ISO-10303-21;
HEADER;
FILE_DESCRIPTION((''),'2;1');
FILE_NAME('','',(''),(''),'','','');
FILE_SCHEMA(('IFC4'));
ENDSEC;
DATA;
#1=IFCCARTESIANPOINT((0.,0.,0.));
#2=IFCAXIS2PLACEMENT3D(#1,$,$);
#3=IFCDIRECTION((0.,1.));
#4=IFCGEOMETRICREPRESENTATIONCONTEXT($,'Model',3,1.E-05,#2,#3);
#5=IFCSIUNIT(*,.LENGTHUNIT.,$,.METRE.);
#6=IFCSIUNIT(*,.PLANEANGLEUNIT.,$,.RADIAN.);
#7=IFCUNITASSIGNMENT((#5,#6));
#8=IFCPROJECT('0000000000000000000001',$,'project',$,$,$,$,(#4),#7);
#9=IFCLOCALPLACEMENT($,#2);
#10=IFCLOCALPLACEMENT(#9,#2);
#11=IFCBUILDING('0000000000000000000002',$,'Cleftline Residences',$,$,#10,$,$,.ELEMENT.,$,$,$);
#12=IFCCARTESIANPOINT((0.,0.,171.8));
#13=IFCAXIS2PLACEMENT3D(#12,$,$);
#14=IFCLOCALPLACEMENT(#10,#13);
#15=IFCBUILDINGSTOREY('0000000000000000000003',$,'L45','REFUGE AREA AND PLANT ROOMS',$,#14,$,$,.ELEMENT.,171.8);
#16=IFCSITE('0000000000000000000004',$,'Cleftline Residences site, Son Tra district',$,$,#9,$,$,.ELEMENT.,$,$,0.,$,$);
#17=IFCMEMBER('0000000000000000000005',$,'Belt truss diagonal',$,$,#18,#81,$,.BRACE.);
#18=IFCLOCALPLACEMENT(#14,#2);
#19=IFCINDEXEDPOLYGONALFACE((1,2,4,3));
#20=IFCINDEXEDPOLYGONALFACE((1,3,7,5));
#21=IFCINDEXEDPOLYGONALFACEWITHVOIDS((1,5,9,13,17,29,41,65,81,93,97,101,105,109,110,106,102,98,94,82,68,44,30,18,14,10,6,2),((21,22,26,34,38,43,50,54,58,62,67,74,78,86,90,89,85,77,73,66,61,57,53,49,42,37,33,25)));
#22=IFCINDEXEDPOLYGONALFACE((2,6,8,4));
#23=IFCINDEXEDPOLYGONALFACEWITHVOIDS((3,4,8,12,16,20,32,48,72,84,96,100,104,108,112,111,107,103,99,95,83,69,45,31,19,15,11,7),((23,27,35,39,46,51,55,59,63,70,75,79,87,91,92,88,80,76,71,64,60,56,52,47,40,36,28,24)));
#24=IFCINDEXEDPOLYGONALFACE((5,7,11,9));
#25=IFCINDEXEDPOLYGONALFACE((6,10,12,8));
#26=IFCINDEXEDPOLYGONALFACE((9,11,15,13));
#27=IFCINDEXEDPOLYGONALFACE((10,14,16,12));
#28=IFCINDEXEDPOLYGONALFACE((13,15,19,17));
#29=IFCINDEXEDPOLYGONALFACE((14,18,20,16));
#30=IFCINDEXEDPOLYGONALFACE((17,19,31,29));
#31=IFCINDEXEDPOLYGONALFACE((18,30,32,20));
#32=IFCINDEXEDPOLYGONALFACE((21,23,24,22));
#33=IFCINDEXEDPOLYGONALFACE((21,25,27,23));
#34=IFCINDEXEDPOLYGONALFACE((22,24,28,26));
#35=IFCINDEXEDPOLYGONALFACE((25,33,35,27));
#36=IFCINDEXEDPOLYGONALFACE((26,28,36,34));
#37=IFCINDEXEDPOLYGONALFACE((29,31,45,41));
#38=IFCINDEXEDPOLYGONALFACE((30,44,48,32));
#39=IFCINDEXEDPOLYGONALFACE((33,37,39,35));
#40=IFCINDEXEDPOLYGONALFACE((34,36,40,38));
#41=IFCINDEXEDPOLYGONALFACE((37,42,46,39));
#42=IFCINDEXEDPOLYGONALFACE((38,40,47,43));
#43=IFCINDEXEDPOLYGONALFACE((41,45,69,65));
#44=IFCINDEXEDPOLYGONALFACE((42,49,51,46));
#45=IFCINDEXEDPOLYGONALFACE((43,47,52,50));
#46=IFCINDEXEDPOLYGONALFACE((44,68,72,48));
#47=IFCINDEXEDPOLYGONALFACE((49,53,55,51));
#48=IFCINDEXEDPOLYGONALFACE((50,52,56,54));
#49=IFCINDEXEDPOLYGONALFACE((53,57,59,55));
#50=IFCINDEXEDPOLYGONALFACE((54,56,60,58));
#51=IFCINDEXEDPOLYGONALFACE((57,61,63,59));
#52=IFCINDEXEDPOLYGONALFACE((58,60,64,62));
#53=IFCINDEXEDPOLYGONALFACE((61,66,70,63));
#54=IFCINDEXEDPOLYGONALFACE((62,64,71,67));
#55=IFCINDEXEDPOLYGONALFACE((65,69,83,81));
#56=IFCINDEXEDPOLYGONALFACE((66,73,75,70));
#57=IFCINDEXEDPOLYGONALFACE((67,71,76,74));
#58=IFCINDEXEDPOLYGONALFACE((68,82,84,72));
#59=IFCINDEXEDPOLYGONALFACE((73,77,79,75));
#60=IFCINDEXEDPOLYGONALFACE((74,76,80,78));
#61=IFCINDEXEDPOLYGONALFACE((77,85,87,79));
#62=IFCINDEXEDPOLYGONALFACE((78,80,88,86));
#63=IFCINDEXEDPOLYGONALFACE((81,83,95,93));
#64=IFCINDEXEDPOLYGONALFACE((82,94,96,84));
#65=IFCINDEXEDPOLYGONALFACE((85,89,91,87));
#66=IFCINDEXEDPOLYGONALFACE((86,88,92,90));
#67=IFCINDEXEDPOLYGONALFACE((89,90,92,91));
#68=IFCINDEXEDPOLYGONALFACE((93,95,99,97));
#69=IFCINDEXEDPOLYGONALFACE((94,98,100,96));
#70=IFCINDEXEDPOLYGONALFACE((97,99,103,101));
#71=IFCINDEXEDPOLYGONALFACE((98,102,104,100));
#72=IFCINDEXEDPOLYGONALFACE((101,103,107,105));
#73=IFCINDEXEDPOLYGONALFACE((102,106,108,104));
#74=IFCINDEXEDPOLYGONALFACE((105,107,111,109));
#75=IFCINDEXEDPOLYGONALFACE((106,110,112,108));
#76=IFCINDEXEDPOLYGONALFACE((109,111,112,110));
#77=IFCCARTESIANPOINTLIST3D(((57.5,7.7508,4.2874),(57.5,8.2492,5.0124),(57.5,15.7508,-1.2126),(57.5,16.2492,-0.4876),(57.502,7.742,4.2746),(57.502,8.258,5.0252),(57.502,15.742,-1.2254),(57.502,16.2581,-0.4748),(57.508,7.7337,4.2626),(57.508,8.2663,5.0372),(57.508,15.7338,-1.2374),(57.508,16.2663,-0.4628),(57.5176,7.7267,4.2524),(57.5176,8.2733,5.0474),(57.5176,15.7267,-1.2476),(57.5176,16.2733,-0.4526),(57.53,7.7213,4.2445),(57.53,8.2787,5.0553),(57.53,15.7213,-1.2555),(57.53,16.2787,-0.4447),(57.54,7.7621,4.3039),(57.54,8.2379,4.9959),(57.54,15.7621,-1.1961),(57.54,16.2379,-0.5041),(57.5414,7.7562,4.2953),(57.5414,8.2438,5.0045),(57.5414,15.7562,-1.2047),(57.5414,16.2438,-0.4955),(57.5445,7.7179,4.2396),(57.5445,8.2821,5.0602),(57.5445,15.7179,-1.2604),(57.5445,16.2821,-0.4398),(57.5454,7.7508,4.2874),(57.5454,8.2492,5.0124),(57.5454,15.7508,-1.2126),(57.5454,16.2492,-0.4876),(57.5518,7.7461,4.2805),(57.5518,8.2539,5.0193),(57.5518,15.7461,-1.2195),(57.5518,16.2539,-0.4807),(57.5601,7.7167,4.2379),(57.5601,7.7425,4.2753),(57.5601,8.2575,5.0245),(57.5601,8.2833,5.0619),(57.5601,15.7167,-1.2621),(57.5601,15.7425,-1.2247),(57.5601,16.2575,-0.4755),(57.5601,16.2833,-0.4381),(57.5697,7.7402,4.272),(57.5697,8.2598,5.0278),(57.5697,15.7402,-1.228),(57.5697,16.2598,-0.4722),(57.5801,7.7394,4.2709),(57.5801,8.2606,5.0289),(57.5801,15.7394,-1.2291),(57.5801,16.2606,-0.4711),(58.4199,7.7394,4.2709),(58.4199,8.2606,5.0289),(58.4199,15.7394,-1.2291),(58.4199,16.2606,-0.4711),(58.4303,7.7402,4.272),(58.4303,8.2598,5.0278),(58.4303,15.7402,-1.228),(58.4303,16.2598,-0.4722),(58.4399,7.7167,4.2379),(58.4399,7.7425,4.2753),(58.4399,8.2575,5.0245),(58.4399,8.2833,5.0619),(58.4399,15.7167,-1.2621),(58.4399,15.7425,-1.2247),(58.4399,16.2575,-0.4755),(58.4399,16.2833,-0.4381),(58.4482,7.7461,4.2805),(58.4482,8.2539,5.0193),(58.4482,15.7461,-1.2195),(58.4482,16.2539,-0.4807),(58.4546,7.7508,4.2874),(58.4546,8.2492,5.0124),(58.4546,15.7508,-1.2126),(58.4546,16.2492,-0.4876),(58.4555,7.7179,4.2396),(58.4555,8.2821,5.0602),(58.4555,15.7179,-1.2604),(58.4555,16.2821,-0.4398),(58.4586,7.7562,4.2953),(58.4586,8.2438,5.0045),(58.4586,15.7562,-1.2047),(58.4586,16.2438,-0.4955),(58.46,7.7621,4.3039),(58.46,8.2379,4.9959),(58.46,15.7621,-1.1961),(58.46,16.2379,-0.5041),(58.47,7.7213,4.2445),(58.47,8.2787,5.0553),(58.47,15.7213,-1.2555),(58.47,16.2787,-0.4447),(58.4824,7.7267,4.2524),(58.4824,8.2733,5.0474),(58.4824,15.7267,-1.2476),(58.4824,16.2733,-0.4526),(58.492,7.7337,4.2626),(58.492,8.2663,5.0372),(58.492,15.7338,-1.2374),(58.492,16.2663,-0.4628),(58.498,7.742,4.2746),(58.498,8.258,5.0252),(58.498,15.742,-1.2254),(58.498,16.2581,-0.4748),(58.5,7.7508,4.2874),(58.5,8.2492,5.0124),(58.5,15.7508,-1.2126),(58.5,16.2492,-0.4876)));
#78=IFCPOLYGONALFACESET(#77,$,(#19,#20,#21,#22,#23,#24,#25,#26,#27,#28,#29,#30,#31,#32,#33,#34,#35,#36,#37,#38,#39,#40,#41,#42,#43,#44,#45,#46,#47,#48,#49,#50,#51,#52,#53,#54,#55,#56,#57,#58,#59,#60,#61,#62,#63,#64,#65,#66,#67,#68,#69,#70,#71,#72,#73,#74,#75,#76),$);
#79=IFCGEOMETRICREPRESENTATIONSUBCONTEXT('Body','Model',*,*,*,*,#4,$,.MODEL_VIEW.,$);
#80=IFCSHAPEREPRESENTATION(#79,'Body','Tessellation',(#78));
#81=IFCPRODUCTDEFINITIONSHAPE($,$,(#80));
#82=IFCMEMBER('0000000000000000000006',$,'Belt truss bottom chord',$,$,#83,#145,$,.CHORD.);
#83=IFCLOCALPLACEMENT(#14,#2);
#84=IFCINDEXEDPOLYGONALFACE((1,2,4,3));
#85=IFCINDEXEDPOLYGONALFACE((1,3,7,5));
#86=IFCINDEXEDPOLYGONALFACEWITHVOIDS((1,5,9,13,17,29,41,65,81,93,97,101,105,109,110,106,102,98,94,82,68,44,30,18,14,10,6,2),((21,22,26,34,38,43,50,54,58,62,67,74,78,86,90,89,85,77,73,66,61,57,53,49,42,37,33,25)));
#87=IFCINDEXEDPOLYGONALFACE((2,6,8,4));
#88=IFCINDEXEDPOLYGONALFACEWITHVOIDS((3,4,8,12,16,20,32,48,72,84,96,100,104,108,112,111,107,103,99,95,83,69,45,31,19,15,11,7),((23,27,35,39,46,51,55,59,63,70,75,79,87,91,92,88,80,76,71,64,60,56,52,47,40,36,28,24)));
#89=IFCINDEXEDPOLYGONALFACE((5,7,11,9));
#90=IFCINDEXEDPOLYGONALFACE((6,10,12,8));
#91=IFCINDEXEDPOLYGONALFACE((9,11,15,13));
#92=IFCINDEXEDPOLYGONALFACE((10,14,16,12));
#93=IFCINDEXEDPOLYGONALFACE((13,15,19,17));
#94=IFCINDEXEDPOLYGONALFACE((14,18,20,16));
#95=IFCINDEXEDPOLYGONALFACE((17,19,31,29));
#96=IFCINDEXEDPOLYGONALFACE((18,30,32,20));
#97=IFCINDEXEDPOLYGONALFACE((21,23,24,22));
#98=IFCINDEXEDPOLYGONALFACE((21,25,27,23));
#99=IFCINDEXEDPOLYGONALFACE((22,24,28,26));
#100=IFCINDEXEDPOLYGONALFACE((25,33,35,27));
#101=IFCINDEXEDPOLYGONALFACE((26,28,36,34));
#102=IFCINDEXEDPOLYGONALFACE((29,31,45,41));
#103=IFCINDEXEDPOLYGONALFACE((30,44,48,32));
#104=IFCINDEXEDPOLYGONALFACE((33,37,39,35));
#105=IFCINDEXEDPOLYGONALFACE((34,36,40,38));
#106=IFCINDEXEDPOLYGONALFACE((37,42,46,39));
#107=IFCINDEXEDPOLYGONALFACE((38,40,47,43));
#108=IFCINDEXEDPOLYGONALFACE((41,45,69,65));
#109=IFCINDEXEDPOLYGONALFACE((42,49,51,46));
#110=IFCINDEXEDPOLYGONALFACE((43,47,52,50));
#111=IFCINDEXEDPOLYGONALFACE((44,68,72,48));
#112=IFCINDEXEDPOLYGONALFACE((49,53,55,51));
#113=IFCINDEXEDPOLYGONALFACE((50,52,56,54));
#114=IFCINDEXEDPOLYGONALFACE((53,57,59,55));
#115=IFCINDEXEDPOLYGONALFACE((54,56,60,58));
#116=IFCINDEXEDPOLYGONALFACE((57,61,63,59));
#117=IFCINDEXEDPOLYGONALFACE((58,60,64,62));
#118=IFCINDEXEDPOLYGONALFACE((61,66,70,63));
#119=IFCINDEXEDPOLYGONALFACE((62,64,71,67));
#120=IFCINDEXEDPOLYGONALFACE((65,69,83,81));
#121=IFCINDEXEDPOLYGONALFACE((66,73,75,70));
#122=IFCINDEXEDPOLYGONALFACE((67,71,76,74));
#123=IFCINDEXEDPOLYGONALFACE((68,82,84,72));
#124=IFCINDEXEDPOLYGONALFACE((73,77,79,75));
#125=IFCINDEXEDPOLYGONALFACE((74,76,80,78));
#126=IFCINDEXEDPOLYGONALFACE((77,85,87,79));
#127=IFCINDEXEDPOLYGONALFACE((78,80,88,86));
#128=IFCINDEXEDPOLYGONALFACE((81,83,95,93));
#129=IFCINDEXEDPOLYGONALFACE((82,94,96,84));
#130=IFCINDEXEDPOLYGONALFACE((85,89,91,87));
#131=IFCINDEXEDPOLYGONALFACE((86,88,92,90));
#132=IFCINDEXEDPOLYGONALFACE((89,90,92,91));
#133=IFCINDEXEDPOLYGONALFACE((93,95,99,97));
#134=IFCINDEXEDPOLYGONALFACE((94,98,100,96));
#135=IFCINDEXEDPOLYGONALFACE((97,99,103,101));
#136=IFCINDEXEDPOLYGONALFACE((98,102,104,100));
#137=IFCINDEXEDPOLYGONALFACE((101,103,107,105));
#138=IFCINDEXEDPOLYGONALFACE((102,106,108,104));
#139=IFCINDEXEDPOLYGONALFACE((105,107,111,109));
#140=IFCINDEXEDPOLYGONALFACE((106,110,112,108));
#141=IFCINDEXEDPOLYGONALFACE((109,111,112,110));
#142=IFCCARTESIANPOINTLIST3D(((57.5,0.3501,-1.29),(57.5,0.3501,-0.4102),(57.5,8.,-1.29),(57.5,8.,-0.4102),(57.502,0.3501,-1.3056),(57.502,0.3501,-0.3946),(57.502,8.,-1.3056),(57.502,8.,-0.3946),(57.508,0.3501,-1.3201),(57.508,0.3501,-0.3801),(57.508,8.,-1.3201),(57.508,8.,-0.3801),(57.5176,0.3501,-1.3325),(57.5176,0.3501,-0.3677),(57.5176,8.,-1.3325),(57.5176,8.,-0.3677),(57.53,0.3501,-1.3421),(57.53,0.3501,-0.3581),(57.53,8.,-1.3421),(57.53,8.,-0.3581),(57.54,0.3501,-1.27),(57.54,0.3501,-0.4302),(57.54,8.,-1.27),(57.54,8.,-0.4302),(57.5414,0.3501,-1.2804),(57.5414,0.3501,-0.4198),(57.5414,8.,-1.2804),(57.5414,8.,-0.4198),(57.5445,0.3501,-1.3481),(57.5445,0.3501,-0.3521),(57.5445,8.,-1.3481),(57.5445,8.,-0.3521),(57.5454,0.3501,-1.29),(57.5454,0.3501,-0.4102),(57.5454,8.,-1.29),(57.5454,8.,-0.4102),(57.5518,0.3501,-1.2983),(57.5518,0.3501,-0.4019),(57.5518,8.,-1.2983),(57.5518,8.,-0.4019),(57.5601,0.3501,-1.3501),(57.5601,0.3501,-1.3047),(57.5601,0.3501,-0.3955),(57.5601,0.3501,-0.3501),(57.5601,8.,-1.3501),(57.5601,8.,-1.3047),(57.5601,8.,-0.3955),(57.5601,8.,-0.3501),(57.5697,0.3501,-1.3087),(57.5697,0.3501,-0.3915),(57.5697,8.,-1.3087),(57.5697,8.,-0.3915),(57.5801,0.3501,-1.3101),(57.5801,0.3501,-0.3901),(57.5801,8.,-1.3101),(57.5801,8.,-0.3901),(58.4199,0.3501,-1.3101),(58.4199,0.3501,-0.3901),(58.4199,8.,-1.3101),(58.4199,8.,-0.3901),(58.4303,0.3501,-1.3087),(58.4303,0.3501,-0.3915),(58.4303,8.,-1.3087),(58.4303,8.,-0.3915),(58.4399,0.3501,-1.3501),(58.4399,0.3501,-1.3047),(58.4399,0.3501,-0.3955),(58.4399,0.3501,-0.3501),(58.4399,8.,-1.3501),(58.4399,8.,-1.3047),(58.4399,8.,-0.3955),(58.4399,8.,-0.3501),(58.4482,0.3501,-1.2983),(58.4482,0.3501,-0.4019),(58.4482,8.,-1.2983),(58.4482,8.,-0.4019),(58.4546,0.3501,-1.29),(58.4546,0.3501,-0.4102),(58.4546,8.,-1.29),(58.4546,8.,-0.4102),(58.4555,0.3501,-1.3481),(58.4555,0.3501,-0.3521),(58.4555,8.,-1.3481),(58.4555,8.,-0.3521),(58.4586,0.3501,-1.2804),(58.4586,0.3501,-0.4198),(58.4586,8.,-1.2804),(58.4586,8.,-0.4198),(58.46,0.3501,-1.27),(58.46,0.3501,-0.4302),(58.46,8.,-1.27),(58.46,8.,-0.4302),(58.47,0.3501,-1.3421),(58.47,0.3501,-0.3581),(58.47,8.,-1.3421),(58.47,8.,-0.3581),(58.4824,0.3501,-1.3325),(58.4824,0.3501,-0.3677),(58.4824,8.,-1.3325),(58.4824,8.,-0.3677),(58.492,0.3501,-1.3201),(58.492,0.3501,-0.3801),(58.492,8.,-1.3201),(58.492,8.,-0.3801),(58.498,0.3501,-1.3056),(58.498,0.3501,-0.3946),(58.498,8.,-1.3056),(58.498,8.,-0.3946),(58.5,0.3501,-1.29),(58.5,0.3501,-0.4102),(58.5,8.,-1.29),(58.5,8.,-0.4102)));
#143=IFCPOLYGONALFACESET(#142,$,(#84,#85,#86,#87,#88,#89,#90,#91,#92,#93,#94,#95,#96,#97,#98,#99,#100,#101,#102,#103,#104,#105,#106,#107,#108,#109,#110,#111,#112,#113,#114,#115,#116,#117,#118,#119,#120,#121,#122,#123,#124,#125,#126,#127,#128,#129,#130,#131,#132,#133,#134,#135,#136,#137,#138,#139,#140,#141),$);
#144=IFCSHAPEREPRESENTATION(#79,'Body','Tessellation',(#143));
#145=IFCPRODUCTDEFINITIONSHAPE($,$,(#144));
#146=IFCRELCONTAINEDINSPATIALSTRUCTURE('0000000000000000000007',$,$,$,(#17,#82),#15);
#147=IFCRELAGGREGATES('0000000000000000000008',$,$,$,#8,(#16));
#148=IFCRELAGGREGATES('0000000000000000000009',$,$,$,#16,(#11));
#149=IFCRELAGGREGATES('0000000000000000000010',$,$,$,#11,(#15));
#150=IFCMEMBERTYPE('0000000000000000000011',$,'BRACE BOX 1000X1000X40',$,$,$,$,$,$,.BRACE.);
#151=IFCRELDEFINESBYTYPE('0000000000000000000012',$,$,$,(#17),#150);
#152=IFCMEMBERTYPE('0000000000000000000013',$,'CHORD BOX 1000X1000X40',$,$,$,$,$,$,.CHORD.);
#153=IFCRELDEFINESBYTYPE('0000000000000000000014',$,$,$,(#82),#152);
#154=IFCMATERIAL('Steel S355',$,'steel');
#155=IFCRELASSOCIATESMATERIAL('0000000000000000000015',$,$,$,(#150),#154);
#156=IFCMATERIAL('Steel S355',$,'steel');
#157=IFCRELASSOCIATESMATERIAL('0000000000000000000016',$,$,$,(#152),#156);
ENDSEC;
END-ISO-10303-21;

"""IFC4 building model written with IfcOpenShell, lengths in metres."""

from ifc_helpers import new_model, si_unit, direction, frame, origin, origin_2d, place, context, subcontext, project, spatial, hollow_rectangle, extrude, material, material_profile, profile_set, type_object, element, save


model = new_model("IFC4")

# Units and contexts
model_context = context("Model", 3, precision=1e-05, world=origin(), true_north=direction((0.0, 1.0)))
body_context = subcontext(model_context, "Body", "Model", "MODEL_VIEW")
ifc_project = project(units=[si_unit("LENGTHUNIT", "METRE"), si_unit("PLANEANGLEUNIT", "RADIAN")], contexts=[model_context])

# Site, building, storey
site_placement = place(None, origin())
site = spatial("IfcSite", under=ifc_project, at=site_placement, Name="Cleftline Residences site, Son Tra district", CompositionType="ELEMENT", RefElevation=0.0)
building_placement = place(site_placement, origin())
building = spatial("IfcBuilding", under=site, at=building_placement, Name="Cleftline Residences", CompositionType="ELEMENT")
storey_placement = place(building_placement, frame((0.0, 0.0, 171.8)))
storey = spatial("IfcBuildingStorey", under=building, at=storey_placement, Name="L45", Description="REFUGE AREA AND PLANT ROOMS", CompositionType="ELEMENT", Elevation=171.8)

# Members
ifc_material_1 = material(Name="Steel S355", Category="steel")
ifc_material_profile_1 = material_profile(ifc_material_1, hollow_rectangle(XDim=1.0, YDim=1.0, WallThickness=0.04, InnerFilletRadius=0.04, OuterFilletRadius=0.0601, at=origin_2d()))
ifc_profile_set_1 = profile_set([ifc_material_profile_1], Name="Steel S355")
member_type_1 = type_object("IfcMemberType", Name="BRACE BOX 1000X1000X40", PredefinedType="BRACE", material=ifc_profile_set_1)
member_1_placement = place(storey_placement, frame((58.0, 8.0, 4.6499), z_axis=(0.0, 0.824042, -0.566529), x_axis=(0.0, 0.566529, 0.824042)))
element("IfcMember", 1, at=member_1_placement, inside=storey, type_object=member_type_1, Name="Belt truss diagonal", PredefinedType="BRACE", context=body_context, shape_type="SweptSolid", body=[
    extrude(hollow_rectangle(XDim=1.0, YDim=1.0, WallThickness=0.04, InnerFilletRadius=0.04, OuterFilletRadius=0.0601, at=origin_2d()), origin(), (0.0, 0.0, 1.0), 9.7083),
])
ifc_material_2 = material(Name="Steel S355", Category="steel")
ifc_material_profile_2 = material_profile(ifc_material_2, hollow_rectangle(XDim=1.0, YDim=1.0, WallThickness=0.04, InnerFilletRadius=0.04, OuterFilletRadius=0.0601, at=origin_2d()))
ifc_profile_set_2 = profile_set([ifc_material_profile_2], Name="Steel S355")
member_type_2 = type_object("IfcMemberType", Name="CHORD BOX 1000X1000X40", PredefinedType="CHORD", material=ifc_profile_set_2)
for number, where, z_axis, x_axis, name in (
    (2, (58.0, 0.3501, -0.8501), (0.0, 1.0, 0.0), (-1.0, 0.0, 0.0), "Belt truss bottom chord"),
):
    element("IfcMember", number, at=place(storey_placement, frame(where, z_axis=z_axis, x_axis=x_axis)), inside=storey, type_object=member_type_2, Name=name, PredefinedType="CHORD", context=body_context, shape_type="SweptSolid", body=[
        extrude(hollow_rectangle(XDim=1.0, YDim=1.0, WallThickness=0.04, InnerFilletRadius=0.04, OuterFilletRadius=0.0601, at=origin_2d()), origin(), (0.0, 0.0, 1.0), 7.6499),
    ])

save(model, "model.ifc")
